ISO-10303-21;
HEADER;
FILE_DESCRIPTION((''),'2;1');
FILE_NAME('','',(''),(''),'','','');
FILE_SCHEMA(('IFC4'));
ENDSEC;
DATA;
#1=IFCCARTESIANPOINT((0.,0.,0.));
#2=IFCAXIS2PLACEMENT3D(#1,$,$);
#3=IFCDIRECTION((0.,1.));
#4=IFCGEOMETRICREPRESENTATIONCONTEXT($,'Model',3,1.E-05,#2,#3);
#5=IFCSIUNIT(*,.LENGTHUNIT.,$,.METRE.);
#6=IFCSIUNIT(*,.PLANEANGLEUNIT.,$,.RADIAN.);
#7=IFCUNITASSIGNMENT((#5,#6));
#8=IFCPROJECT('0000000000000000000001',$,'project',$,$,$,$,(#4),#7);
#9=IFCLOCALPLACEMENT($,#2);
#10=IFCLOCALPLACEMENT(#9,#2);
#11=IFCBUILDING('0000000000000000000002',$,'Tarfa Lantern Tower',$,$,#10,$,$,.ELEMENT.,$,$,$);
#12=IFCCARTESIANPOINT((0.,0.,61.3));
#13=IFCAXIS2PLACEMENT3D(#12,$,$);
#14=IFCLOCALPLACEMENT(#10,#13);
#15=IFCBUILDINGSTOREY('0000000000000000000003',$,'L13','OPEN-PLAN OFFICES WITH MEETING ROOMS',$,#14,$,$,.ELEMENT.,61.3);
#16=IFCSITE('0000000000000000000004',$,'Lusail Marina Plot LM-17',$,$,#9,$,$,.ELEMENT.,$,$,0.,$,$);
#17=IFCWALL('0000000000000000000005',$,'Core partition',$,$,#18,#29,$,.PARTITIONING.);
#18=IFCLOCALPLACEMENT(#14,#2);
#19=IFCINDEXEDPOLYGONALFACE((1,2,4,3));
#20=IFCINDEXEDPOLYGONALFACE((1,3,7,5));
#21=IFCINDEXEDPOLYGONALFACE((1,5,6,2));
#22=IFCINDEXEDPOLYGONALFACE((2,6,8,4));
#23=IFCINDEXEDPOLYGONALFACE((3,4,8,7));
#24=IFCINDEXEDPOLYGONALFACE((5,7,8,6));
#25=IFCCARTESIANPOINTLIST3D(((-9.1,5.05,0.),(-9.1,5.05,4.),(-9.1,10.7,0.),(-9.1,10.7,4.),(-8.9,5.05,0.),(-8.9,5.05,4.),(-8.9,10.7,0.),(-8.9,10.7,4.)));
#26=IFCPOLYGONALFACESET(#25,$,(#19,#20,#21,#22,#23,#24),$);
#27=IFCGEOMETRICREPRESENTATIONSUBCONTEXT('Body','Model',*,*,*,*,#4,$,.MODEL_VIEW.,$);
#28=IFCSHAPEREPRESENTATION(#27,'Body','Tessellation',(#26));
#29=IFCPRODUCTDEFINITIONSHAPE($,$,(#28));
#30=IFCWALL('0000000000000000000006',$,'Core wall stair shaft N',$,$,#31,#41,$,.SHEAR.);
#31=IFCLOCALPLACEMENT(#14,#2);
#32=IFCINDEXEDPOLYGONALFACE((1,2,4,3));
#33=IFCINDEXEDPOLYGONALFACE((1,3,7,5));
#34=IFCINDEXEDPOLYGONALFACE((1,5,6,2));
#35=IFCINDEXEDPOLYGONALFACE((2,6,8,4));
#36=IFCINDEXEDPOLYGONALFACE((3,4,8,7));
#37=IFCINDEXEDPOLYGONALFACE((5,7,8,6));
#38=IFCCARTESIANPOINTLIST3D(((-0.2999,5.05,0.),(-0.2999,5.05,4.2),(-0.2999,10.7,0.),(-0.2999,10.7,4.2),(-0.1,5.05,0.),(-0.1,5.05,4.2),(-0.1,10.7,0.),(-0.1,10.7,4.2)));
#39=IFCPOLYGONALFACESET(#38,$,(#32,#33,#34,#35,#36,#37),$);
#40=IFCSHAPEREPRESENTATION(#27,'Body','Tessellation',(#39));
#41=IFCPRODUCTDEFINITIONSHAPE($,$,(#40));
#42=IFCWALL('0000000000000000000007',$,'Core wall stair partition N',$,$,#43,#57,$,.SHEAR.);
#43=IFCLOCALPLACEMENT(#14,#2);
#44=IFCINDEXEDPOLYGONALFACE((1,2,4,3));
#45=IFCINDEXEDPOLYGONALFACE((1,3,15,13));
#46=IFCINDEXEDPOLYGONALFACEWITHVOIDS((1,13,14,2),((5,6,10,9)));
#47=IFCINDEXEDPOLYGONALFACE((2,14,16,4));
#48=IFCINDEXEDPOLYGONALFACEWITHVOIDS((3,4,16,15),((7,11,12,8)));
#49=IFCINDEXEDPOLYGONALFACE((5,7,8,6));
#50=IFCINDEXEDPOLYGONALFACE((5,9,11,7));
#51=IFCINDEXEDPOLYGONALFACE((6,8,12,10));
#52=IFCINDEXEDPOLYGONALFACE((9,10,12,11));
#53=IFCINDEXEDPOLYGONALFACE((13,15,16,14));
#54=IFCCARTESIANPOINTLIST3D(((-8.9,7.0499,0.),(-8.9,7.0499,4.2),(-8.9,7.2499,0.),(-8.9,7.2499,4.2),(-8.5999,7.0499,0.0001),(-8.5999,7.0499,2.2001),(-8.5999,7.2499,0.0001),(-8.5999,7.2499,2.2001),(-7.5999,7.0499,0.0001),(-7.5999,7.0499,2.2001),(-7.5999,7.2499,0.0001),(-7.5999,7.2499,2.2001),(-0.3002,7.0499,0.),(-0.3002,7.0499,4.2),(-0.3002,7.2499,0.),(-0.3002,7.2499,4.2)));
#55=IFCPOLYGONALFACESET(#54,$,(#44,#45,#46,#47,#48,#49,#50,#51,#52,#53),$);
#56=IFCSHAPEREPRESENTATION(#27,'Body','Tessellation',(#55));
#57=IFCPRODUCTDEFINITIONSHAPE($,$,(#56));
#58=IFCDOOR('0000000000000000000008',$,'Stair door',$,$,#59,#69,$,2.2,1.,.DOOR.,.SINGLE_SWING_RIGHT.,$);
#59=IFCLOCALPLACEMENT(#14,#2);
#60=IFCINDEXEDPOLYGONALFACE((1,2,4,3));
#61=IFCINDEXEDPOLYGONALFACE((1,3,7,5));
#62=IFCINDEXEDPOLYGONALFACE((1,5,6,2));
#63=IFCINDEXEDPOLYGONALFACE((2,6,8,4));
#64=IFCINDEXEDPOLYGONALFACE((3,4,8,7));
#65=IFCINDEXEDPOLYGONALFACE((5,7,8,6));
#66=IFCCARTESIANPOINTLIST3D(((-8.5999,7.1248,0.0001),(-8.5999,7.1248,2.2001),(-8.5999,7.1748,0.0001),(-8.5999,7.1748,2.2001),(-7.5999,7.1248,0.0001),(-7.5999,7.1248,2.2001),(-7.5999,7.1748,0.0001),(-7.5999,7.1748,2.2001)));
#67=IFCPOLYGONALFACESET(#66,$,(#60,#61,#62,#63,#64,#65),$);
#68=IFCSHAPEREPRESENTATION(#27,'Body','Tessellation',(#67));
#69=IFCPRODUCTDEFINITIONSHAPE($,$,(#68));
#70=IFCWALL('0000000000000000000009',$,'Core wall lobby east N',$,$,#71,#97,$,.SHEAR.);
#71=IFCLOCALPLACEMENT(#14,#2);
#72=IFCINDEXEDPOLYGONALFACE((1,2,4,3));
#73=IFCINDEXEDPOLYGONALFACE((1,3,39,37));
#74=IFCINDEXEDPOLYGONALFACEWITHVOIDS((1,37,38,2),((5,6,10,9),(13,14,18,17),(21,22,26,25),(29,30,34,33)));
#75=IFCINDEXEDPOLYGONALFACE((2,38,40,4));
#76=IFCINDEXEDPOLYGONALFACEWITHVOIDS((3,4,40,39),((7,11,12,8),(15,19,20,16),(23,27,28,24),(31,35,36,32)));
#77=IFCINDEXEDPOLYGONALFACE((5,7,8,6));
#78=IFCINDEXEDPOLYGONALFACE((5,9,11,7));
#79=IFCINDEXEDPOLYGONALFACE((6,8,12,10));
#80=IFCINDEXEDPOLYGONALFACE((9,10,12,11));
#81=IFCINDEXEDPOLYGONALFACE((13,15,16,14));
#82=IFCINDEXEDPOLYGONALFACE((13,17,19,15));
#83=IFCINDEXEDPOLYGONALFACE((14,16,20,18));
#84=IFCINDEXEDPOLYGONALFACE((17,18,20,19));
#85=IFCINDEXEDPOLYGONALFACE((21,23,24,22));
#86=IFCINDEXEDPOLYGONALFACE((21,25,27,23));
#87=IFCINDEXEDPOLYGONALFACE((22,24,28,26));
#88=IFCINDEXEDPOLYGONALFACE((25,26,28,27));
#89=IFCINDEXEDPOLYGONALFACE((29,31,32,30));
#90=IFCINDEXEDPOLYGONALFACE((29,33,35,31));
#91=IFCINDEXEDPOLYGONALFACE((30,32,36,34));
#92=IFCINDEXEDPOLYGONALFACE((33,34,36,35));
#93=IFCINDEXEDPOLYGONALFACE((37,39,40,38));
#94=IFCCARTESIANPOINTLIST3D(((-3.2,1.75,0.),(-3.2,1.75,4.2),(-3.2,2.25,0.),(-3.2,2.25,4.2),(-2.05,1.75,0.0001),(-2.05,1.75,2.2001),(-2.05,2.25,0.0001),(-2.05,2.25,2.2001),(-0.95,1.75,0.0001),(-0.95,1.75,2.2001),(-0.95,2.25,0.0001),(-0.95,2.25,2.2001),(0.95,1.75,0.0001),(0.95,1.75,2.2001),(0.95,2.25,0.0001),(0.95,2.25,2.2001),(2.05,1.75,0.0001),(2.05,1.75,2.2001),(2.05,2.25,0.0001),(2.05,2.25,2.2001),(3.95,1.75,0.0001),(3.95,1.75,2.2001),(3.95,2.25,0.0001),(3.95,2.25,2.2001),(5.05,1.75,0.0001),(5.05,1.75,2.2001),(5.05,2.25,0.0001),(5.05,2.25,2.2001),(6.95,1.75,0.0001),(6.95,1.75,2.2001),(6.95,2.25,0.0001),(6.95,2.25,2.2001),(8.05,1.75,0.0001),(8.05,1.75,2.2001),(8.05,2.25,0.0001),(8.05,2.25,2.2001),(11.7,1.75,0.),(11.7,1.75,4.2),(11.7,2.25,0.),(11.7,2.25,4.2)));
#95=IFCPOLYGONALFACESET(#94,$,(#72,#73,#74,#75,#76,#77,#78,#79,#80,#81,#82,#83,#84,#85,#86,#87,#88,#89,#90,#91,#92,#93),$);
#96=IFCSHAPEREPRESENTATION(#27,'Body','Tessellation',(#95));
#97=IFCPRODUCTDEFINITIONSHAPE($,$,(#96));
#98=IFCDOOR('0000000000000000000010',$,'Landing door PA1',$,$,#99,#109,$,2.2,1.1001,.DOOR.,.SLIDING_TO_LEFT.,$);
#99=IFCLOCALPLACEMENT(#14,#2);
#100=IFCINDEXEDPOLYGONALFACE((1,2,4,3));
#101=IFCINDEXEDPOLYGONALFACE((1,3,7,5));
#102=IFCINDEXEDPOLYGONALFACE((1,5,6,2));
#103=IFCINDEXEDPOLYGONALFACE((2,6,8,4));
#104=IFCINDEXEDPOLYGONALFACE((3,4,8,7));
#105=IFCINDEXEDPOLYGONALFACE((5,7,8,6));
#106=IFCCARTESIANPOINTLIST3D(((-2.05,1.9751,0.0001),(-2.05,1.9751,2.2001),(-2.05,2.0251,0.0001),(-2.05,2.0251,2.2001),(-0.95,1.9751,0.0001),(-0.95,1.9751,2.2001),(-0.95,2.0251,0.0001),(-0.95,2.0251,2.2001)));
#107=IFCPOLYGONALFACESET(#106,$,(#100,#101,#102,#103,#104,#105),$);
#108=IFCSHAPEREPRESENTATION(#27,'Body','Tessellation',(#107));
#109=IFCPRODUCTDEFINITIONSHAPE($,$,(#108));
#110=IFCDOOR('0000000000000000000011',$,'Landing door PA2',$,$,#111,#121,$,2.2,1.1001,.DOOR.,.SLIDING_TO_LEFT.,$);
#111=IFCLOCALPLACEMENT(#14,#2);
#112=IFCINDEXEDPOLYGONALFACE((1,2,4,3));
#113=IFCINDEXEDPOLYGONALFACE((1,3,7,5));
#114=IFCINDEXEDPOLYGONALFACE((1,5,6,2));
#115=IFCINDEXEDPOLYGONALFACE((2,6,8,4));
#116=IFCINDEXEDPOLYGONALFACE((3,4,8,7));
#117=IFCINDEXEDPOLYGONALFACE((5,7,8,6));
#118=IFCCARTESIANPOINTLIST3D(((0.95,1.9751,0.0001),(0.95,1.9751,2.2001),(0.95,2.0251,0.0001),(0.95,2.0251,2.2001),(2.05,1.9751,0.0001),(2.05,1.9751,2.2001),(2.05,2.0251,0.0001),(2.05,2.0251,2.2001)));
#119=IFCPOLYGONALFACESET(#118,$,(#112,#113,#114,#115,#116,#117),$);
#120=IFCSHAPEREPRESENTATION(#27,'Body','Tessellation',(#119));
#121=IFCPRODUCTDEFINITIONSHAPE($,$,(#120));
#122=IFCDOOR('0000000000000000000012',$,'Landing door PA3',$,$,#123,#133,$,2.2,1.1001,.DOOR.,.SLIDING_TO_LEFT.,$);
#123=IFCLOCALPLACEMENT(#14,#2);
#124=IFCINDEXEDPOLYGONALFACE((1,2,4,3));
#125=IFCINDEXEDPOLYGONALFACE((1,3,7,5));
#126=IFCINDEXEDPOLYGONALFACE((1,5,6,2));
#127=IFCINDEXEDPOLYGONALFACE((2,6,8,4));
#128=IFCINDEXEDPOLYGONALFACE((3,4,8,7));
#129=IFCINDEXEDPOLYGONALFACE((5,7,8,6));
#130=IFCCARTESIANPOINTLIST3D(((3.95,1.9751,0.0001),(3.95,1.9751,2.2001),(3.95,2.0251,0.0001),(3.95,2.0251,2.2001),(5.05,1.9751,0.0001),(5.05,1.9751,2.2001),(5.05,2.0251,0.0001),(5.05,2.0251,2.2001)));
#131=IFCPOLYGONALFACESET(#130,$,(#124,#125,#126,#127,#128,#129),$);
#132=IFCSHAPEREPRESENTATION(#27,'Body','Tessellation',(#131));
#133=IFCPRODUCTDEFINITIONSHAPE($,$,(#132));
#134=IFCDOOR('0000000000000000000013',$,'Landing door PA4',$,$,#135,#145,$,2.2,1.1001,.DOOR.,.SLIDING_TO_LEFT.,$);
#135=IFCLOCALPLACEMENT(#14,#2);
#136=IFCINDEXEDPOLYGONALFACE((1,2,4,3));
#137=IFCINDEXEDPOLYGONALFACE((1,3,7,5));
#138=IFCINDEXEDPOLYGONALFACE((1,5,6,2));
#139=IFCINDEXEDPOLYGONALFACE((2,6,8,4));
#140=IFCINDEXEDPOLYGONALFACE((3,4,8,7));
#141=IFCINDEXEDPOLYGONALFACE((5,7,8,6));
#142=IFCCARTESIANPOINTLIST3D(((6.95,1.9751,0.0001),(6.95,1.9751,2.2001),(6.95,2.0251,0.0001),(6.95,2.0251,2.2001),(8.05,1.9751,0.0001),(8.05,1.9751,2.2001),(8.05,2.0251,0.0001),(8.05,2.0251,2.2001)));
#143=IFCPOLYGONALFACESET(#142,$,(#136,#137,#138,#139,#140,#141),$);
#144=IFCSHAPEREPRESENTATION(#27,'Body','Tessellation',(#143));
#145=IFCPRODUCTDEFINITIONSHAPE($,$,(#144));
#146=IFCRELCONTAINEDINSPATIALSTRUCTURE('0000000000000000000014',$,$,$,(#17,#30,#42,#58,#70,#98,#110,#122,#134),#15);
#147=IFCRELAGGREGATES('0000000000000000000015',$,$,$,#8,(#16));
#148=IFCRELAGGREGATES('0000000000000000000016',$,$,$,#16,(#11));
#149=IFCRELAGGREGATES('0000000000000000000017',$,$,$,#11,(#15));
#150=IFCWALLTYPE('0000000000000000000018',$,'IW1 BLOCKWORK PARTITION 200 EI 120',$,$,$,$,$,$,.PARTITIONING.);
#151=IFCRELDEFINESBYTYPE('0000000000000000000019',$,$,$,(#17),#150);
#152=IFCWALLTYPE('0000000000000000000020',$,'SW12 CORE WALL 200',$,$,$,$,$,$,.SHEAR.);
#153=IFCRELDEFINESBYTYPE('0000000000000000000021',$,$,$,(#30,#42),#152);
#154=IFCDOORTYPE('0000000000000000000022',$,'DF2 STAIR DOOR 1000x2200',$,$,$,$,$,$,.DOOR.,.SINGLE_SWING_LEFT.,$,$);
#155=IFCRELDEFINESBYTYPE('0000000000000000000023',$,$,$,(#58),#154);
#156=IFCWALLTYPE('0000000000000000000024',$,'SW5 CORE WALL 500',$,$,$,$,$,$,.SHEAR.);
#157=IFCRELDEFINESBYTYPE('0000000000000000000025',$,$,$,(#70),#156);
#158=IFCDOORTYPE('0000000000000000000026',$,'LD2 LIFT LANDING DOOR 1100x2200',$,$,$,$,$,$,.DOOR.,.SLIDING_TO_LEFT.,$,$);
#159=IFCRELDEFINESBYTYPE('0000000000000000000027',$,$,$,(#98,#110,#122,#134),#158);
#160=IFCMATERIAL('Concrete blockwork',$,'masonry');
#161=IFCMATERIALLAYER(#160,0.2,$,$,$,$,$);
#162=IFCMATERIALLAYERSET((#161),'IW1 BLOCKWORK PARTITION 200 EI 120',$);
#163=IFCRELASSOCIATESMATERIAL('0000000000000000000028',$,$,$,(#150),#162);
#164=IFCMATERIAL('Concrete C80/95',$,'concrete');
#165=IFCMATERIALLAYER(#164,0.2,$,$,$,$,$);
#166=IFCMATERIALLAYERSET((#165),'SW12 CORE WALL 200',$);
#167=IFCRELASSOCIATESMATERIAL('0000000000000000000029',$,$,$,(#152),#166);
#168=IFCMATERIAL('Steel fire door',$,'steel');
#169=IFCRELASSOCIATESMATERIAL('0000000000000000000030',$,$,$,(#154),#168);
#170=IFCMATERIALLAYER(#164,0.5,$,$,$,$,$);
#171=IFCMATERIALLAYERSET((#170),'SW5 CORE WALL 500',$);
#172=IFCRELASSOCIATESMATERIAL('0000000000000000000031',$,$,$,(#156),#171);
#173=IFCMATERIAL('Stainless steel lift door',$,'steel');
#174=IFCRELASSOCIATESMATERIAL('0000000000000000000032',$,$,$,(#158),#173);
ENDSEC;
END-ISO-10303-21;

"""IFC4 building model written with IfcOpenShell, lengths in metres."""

from ifc_helpers import new_model, si_unit, direction, frame, frame_2d, origin, place, context, subcontext, project, spatial, rectangle, extrude, material, layer, layer_set, type_object, element, fill, save


model = new_model("IFC4")

# Units and contexts
model_context = context("Model", 3, precision=1e-05, world=origin(), true_north=direction((0.0, 1.0)))
body_context = subcontext(model_context, "Body", "Model", "MODEL_VIEW")
ifc_project = project(units=[si_unit("LENGTHUNIT", "METRE"), si_unit("PLANEANGLEUNIT", "RADIAN")], contexts=[model_context])

# Site, building, storey
site_placement = place(None, origin())
site = spatial("IfcSite", under=ifc_project, at=site_placement, Name="Lusail Marina Plot LM-17", CompositionType="ELEMENT", RefElevation=0.0)
building_placement = place(site_placement, origin())
building = spatial("IfcBuilding", under=site, at=building_placement, Name="Tarfa Lantern Tower", CompositionType="ELEMENT")
storey_placement = place(building_placement, frame((0.0, 0.0, 61.3)))
storey = spatial("IfcBuildingStorey", under=building, at=storey_placement, Name="L13", Description="OPEN-PLAN OFFICES WITH MEETING ROOMS", CompositionType="ELEMENT", Elevation=61.3)

# Walls
ifc_material_1 = material(Name="Concrete blockwork", Category="masonry")
ifc_layer_1 = layer(ifc_material_1, 0.2)
ifc_layer_set_1 = layer_set([ifc_layer_1], Name="IW1 BLOCKWORK PARTITION 200 EI 120")
wall_type_1 = type_object("IfcWallType", Name="IW1 BLOCKWORK PARTITION 200 EI 120", PredefinedType="PARTITIONING", material=ifc_layer_set_1)
wall_1_placement = place(storey_placement, frame((-9.0, 5.05, 0.0), z_axis=(0.0, 0.0, 1.0), x_axis=(0.0, 1.0, 0.0)))
element("IfcWall", 1, at=wall_1_placement, inside=storey, type_object=wall_type_1, Name="Core partition", PredefinedType="PARTITIONING", context=body_context, shape_type="SweptSolid", body=[
    extrude(rectangle(XDim=5.6499, YDim=0.2, at=frame_2d((2.825, 0.0))), origin(), (0.0, 0.0, 1.0), 4.0),
])
ifc_material_2 = material(Name="Concrete C80/95", Category="concrete")
ifc_layer_2 = layer(ifc_material_2, 0.2)
ifc_layer_set_2 = layer_set([ifc_layer_2], Name="SW12 CORE WALL 200")
wall_type_2 = type_object("IfcWallType", Name="SW12 CORE WALL 200", PredefinedType="SHEAR", material=ifc_layer_set_2)
wall_2_placement = place(storey_placement, frame((-0.2, 5.05, 0.0), z_axis=(0.0, 0.0, 1.0), x_axis=(0.0, 1.0, 0.0)))
element("IfcWall", 2, at=wall_2_placement, inside=storey, type_object=wall_type_2, Name="Core wall stair shaft N", PredefinedType="SHEAR", context=body_context, shape_type="SweptSolid", body=[
    extrude(rectangle(XDim=5.6499, YDim=0.2, at=frame_2d((2.825, 0.0))), origin(), (0.0, 0.0, 1.0), 4.2),
])

# Wall, opening, door
wall_3_placement = place(storey_placement, frame((-8.8999, 7.1499, 0.0), z_axis=(0.0, 0.0, 1.0), x_axis=(1.0, 0.0, 0.0)))
wall_3 = element("IfcWall", 3, at=wall_3_placement, inside=storey, type_object=wall_type_2, Name="Core wall stair partition N", PredefinedType="SHEAR", context=body_context, shape_type="SweptSolid", body=[
    extrude(rectangle(XDim=8.5999, YDim=0.2, at=frame_2d((4.2998, 0.0))), origin(), (0.0, 0.0, 1.0), 4.2),
])
opening_1_placement = place(wall_3_placement, frame((0.3, 0.0, 0.0)))
opening_1 = element("IfcOpeningElement", 4, at=opening_1_placement, cuts=wall_3, PredefinedType="OPENING", context=body_context, shape_type="SweptSolid", body=[
    extrude(rectangle(XDim=1.0, YDim=2.2, at=frame_2d((0.5, 1.1001))), frame((0.0, 0.1099, 0.0), z_axis=(0.0, -1.0, 0.0), x_axis=(1.0, 0.0, 0.0)), (0.0, 0.0, 1.0), 0.22),
])
ifc_material_3 = material(Name="Steel fire door", Category="steel")
door_type_1 = type_object("IfcDoorType", Name="DF2 STAIR DOOR 1000x2200", OperationType="SINGLE_SWING_LEFT", PredefinedType="DOOR", material=ifc_material_3)
door_1_placement = place(opening_1_placement, origin())
door_1 = element("IfcDoor", 5, at=door_1_placement, inside=storey, type_object=door_type_1, Name="Stair door", OperationType="SINGLE_SWING_RIGHT", OverallHeight=2.2, OverallWidth=1.0, PredefinedType="DOOR", context=body_context, shape_type="SweptSolid", body=[
    extrude(rectangle(XDim=1.0, YDim=2.2, at=frame_2d((0.5, 1.1001))), frame((0.0, 0.0249, 0.0), z_axis=(0.0, -1.0, 0.0), x_axis=(1.0, 0.0, 0.0)), (0.0, 0.0, 1.0), 0.05),
])
fill(opening_1, door_1)

# Wall, openings, doors
ifc_layer_3 = layer(ifc_material_2, 0.5)
ifc_layer_set_3 = layer_set([ifc_layer_3], Name="SW5 CORE WALL 500")
wall_type_3 = type_object("IfcWallType", Name="SW5 CORE WALL 500", PredefinedType="SHEAR", material=ifc_layer_set_3)
wall_4_placement = place(storey_placement, frame((-3.2, 2.0, 0.0), z_axis=(0.0, 0.0, 1.0), x_axis=(1.0, 0.0, 0.0)))
wall_4 = element("IfcWall", 6, at=wall_4_placement, inside=storey, type_object=wall_type_3, Name="Core wall lobby east N", PredefinedType="SHEAR", context=body_context, shape_type="SweptSolid", body=[
    extrude(rectangle(XDim=14.8999, YDim=0.5, at=frame_2d((7.45, 0.0))), origin(), (0.0, 0.0, 1.0), 4.2),
])
opening_2_placement = place(wall_4_placement, frame((1.1499, 0.0, 0.0)))
opening_2 = element("IfcOpeningElement", 7, at=opening_2_placement, cuts=wall_4, PredefinedType="OPENING", context=body_context, shape_type="SweptSolid", body=[
    extrude(rectangle(XDim=1.1001, YDim=2.2, at=frame_2d((0.55, 1.1001))), frame((0.0, 0.26, 0.0), z_axis=(0.0, -1.0, 0.0), x_axis=(1.0, 0.0, 0.0)), (0.0, 0.0, 1.0), 0.52),
])
opening_3_placement = place(wall_4_placement, frame((4.1499, 0.0, 0.0)))
opening_3 = element("IfcOpeningElement", 8, at=opening_3_placement, cuts=wall_4, PredefinedType="OPENING", context=body_context, shape_type="SweptSolid", body=[
    extrude(rectangle(XDim=1.1001, YDim=2.2, at=frame_2d((0.55, 1.1001))), frame((0.0, 0.26, 0.0), z_axis=(0.0, -1.0, 0.0), x_axis=(1.0, 0.0, 0.0)), (0.0, 0.0, 1.0), 0.52),
])
opening_4_placement = place(wall_4_placement, frame((7.1499, 0.0, 0.0)))
opening_4 = element("IfcOpeningElement", 9, at=opening_4_placement, cuts=wall_4, PredefinedType="OPENING", context=body_context, shape_type="SweptSolid", body=[
    extrude(rectangle(XDim=1.1001, YDim=2.2, at=frame_2d((0.55, 1.1001))), frame((0.0, 0.26, 0.0), z_axis=(0.0, -1.0, 0.0), x_axis=(1.0, 0.0, 0.0)), (0.0, 0.0, 1.0), 0.52),
])
opening_5_placement = place(wall_4_placement, frame((10.1499, 0.0, 0.0)))
opening_5 = element("IfcOpeningElement", 10, at=opening_5_placement, cuts=wall_4, PredefinedType="OPENING", context=body_context, shape_type="SweptSolid", body=[
    extrude(rectangle(XDim=1.1001, YDim=2.2, at=frame_2d((0.55, 1.1001))), frame((0.0, 0.26, 0.0), z_axis=(0.0, -1.0, 0.0), x_axis=(1.0, 0.0, 0.0)), (0.0, 0.0, 1.0), 0.52),
])
ifc_material_4 = material(Name="Stainless steel lift door", Category="steel")
door_type_2 = type_object("IfcDoorType", Name="LD2 LIFT LANDING DOOR 1100x2200", OperationType="SLIDING_TO_LEFT", PredefinedType="DOOR", material=ifc_material_4)
door_2_placement = place(opening_2_placement, frame((1.1001, 0.0, 0.0), z_axis=(0.0, 0.0, 1.0), x_axis=(-1.0, 0.0, 0.0)))
door_2 = element("IfcDoor", 11, at=door_2_placement, inside=storey, type_object=door_type_2, Name="Landing door PA1", OperationType="SLIDING_TO_LEFT", OverallHeight=2.2, OverallWidth=1.1001, PredefinedType="DOOR", context=body_context, shape_type="SweptSolid", body=[
    extrude(rectangle(XDim=1.1001, YDim=2.2, at=frame_2d((0.55, 1.1001))), frame((0.0, 0.0249, 0.0), z_axis=(0.0, -1.0, 0.0), x_axis=(1.0, 0.0, 0.0)), (0.0, 0.0, 1.0), 0.05),
])
fill(opening_2, door_2)
door_3_placement = place(opening_3_placement, frame((1.1001, 0.0, 0.0), z_axis=(0.0, 0.0, 1.0), x_axis=(-1.0, 0.0, 0.0)))
door_3 = element("IfcDoor", 12, at=door_3_placement, inside=storey, type_object=door_type_2, Name="Landing door PA2", OperationType="SLIDING_TO_LEFT", OverallHeight=2.2, OverallWidth=1.1001, PredefinedType="DOOR", context=body_context, shape_type="SweptSolid", body=[
    extrude(rectangle(XDim=1.1001, YDim=2.2, at=frame_2d((0.55, 1.1001))), frame((0.0, 0.0249, 0.0), z_axis=(0.0, -1.0, 0.0), x_axis=(1.0, 0.0, 0.0)), (0.0, 0.0, 1.0), 0.05),
])
fill(opening_3, door_3)
door_4_placement = place(opening_4_placement, frame((1.1001, 0.0, 0.0), z_axis=(0.0, 0.0, 1.0), x_axis=(-1.0, 0.0, 0.0)))
door_4 = element("IfcDoor", 13, at=door_4_placement, inside=storey, type_object=door_type_2, Name="Landing door PA3", OperationType="SLIDING_TO_LEFT", OverallHeight=2.2, OverallWidth=1.1001, PredefinedType="DOOR", context=body_context, shape_type="SweptSolid", body=[
    extrude(rectangle(XDim=1.1001, YDim=2.2, at=frame_2d((0.55, 1.1001))), frame((0.0, 0.0249, 0.0), z_axis=(0.0, -1.0, 0.0), x_axis=(1.0, 0.0, 0.0)), (0.0, 0.0, 1.0), 0.05),
])
fill(opening_4, door_4)
door_5_placement = place(opening_5_placement, frame((1.1001, 0.0, 0.0), z_axis=(0.0, 0.0, 1.0), x_axis=(-1.0, 0.0, 0.0)))
door_5 = element("IfcDoor", 14, at=door_5_placement, inside=storey, type_object=door_type_2, Name="Landing door PA4", OperationType="SLIDING_TO_LEFT", OverallHeight=2.2, OverallWidth=1.1001, PredefinedType="DOOR", context=body_context, shape_type="SweptSolid", body=[
    extrude(rectangle(XDim=1.1001, YDim=2.2, at=frame_2d((0.55, 1.1001))), frame((0.0, 0.0249, 0.0), z_axis=(0.0, -1.0, 0.0), x_axis=(1.0, 0.0, 0.0)), (0.0, 0.0, 1.0), 0.05),
])
fill(opening_5, door_5)

save(model, "model.ifc")
